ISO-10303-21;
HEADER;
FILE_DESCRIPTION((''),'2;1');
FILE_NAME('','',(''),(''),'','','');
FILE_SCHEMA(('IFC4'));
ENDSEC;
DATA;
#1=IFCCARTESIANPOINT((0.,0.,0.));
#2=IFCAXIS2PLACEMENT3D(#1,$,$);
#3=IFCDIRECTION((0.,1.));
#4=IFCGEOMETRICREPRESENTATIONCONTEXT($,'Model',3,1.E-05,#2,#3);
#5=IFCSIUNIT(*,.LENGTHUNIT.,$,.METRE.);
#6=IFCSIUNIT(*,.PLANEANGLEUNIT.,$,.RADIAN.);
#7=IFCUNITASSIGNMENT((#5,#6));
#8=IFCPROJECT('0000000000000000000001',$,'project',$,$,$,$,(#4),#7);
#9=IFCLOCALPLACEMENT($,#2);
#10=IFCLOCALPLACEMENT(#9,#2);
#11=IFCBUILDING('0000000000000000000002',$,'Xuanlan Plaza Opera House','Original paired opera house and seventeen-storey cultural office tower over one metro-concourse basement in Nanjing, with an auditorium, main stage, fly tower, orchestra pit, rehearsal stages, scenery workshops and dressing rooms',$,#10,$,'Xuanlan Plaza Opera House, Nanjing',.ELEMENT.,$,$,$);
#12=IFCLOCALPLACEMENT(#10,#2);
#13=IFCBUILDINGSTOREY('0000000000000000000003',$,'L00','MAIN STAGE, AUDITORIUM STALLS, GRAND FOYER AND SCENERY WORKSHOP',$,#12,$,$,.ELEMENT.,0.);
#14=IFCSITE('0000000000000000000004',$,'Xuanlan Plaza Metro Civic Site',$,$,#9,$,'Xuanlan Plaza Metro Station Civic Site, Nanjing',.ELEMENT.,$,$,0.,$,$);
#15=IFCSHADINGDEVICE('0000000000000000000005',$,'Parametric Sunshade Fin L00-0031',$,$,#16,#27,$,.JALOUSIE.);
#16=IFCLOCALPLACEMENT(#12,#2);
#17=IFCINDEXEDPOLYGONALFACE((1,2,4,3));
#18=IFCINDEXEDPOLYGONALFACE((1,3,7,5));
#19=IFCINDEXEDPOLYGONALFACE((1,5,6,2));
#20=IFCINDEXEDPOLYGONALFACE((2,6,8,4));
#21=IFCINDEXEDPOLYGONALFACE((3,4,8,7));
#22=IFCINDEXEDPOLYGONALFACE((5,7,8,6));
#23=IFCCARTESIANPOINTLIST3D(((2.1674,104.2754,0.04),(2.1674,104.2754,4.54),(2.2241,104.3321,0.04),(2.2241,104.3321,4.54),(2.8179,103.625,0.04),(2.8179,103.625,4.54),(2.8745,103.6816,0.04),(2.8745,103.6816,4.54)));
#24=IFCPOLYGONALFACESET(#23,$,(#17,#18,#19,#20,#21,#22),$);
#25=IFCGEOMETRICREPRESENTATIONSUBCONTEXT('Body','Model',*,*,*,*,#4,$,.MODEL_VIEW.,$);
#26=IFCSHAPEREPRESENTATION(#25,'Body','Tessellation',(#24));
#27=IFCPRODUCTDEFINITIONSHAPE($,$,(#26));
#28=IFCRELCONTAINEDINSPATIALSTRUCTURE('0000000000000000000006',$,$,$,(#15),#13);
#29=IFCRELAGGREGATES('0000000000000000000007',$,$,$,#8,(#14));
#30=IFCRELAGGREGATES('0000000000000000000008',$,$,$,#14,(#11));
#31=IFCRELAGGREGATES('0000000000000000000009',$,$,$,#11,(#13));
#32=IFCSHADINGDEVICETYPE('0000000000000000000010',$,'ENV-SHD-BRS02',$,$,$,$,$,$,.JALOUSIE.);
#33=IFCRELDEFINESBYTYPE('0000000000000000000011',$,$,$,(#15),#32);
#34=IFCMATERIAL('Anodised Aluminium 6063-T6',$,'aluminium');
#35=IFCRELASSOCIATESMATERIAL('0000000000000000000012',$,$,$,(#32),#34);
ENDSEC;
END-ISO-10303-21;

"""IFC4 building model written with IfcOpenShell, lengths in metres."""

from ifc_helpers import new_model, si_unit, direction, frame, origin, origin_2d, place, context, subcontext, project, spatial, rectangle, extrude, material, type_object, element, save


model = new_model("IFC4")

# Units and contexts
model_context = context("Model", 3, precision=1e-05, world=origin(), true_north=direction((0.0, 1.0)))
body_context = subcontext(model_context, "Body", "Model", "MODEL_VIEW")
ifc_project = project(units=[si_unit("LENGTHUNIT", "METRE"), si_unit("PLANEANGLEUNIT", "RADIAN")], contexts=[model_context])

# Site, building, storey
site_placement = place(None, origin())
site = spatial("IfcSite", under=ifc_project, at=site_placement, Name="Xuanlan Plaza Metro Civic Site", LongName="Xuanlan Plaza Metro Station Civic Site, Nanjing", CompositionType="ELEMENT", RefElevation=0.0)
building_placement = place(site_placement, origin())
building = spatial("IfcBuilding", under=site, at=building_placement, Name="Xuanlan Plaza Opera House", Description="Original paired opera house and seventeen-storey cultural office tower over one metro-concourse basement in Nanjing, with an auditorium, main stage, fly tower, orchestra pit, rehearsal stages, scenery workshops and dressing rooms", LongName="Xuanlan Plaza Opera House, Nanjing", CompositionType="ELEMENT")
storey_placement = place(building_placement, origin())
storey = spatial("IfcBuildingStorey", under=building, at=storey_placement, Name="L00", Description="MAIN STAGE, AUDITORIUM STALLS, GRAND FOYER AND SCENERY WORKSHOP", CompositionType="ELEMENT", Elevation=0.0)

# Shared definitions
ifc_material_1 = material(Name="Anodised Aluminium 6063-T6", Category="aluminium")

# Shading device
shading_device_type = type_object("IfcShadingDeviceType", Name="ENV-SHD-BRS02", PredefinedType="JALOUSIE", material=ifc_material_1)
shading_device_placement = place(storey_placement, frame((2.521, 103.9785, 0.04), z_axis=(0.0, 0.0, 1.0), x_axis=(-0.707107, 0.707107, 0.0)))
element("IfcShadingDevice", 1, at=shading_device_placement, inside=storey, type_object=shading_device_type, Name="Parametric Sunshade Fin L00-0031", PredefinedType="JALOUSIE", context=body_context, shape_type="SweptSolid", body=[
    extrude(rectangle(XDim=0.9199, YDim=0.0801, at=origin_2d()), origin(), (0.0, 0.0, 1.0), 4.5),
])

save(model, "model.ifc")
